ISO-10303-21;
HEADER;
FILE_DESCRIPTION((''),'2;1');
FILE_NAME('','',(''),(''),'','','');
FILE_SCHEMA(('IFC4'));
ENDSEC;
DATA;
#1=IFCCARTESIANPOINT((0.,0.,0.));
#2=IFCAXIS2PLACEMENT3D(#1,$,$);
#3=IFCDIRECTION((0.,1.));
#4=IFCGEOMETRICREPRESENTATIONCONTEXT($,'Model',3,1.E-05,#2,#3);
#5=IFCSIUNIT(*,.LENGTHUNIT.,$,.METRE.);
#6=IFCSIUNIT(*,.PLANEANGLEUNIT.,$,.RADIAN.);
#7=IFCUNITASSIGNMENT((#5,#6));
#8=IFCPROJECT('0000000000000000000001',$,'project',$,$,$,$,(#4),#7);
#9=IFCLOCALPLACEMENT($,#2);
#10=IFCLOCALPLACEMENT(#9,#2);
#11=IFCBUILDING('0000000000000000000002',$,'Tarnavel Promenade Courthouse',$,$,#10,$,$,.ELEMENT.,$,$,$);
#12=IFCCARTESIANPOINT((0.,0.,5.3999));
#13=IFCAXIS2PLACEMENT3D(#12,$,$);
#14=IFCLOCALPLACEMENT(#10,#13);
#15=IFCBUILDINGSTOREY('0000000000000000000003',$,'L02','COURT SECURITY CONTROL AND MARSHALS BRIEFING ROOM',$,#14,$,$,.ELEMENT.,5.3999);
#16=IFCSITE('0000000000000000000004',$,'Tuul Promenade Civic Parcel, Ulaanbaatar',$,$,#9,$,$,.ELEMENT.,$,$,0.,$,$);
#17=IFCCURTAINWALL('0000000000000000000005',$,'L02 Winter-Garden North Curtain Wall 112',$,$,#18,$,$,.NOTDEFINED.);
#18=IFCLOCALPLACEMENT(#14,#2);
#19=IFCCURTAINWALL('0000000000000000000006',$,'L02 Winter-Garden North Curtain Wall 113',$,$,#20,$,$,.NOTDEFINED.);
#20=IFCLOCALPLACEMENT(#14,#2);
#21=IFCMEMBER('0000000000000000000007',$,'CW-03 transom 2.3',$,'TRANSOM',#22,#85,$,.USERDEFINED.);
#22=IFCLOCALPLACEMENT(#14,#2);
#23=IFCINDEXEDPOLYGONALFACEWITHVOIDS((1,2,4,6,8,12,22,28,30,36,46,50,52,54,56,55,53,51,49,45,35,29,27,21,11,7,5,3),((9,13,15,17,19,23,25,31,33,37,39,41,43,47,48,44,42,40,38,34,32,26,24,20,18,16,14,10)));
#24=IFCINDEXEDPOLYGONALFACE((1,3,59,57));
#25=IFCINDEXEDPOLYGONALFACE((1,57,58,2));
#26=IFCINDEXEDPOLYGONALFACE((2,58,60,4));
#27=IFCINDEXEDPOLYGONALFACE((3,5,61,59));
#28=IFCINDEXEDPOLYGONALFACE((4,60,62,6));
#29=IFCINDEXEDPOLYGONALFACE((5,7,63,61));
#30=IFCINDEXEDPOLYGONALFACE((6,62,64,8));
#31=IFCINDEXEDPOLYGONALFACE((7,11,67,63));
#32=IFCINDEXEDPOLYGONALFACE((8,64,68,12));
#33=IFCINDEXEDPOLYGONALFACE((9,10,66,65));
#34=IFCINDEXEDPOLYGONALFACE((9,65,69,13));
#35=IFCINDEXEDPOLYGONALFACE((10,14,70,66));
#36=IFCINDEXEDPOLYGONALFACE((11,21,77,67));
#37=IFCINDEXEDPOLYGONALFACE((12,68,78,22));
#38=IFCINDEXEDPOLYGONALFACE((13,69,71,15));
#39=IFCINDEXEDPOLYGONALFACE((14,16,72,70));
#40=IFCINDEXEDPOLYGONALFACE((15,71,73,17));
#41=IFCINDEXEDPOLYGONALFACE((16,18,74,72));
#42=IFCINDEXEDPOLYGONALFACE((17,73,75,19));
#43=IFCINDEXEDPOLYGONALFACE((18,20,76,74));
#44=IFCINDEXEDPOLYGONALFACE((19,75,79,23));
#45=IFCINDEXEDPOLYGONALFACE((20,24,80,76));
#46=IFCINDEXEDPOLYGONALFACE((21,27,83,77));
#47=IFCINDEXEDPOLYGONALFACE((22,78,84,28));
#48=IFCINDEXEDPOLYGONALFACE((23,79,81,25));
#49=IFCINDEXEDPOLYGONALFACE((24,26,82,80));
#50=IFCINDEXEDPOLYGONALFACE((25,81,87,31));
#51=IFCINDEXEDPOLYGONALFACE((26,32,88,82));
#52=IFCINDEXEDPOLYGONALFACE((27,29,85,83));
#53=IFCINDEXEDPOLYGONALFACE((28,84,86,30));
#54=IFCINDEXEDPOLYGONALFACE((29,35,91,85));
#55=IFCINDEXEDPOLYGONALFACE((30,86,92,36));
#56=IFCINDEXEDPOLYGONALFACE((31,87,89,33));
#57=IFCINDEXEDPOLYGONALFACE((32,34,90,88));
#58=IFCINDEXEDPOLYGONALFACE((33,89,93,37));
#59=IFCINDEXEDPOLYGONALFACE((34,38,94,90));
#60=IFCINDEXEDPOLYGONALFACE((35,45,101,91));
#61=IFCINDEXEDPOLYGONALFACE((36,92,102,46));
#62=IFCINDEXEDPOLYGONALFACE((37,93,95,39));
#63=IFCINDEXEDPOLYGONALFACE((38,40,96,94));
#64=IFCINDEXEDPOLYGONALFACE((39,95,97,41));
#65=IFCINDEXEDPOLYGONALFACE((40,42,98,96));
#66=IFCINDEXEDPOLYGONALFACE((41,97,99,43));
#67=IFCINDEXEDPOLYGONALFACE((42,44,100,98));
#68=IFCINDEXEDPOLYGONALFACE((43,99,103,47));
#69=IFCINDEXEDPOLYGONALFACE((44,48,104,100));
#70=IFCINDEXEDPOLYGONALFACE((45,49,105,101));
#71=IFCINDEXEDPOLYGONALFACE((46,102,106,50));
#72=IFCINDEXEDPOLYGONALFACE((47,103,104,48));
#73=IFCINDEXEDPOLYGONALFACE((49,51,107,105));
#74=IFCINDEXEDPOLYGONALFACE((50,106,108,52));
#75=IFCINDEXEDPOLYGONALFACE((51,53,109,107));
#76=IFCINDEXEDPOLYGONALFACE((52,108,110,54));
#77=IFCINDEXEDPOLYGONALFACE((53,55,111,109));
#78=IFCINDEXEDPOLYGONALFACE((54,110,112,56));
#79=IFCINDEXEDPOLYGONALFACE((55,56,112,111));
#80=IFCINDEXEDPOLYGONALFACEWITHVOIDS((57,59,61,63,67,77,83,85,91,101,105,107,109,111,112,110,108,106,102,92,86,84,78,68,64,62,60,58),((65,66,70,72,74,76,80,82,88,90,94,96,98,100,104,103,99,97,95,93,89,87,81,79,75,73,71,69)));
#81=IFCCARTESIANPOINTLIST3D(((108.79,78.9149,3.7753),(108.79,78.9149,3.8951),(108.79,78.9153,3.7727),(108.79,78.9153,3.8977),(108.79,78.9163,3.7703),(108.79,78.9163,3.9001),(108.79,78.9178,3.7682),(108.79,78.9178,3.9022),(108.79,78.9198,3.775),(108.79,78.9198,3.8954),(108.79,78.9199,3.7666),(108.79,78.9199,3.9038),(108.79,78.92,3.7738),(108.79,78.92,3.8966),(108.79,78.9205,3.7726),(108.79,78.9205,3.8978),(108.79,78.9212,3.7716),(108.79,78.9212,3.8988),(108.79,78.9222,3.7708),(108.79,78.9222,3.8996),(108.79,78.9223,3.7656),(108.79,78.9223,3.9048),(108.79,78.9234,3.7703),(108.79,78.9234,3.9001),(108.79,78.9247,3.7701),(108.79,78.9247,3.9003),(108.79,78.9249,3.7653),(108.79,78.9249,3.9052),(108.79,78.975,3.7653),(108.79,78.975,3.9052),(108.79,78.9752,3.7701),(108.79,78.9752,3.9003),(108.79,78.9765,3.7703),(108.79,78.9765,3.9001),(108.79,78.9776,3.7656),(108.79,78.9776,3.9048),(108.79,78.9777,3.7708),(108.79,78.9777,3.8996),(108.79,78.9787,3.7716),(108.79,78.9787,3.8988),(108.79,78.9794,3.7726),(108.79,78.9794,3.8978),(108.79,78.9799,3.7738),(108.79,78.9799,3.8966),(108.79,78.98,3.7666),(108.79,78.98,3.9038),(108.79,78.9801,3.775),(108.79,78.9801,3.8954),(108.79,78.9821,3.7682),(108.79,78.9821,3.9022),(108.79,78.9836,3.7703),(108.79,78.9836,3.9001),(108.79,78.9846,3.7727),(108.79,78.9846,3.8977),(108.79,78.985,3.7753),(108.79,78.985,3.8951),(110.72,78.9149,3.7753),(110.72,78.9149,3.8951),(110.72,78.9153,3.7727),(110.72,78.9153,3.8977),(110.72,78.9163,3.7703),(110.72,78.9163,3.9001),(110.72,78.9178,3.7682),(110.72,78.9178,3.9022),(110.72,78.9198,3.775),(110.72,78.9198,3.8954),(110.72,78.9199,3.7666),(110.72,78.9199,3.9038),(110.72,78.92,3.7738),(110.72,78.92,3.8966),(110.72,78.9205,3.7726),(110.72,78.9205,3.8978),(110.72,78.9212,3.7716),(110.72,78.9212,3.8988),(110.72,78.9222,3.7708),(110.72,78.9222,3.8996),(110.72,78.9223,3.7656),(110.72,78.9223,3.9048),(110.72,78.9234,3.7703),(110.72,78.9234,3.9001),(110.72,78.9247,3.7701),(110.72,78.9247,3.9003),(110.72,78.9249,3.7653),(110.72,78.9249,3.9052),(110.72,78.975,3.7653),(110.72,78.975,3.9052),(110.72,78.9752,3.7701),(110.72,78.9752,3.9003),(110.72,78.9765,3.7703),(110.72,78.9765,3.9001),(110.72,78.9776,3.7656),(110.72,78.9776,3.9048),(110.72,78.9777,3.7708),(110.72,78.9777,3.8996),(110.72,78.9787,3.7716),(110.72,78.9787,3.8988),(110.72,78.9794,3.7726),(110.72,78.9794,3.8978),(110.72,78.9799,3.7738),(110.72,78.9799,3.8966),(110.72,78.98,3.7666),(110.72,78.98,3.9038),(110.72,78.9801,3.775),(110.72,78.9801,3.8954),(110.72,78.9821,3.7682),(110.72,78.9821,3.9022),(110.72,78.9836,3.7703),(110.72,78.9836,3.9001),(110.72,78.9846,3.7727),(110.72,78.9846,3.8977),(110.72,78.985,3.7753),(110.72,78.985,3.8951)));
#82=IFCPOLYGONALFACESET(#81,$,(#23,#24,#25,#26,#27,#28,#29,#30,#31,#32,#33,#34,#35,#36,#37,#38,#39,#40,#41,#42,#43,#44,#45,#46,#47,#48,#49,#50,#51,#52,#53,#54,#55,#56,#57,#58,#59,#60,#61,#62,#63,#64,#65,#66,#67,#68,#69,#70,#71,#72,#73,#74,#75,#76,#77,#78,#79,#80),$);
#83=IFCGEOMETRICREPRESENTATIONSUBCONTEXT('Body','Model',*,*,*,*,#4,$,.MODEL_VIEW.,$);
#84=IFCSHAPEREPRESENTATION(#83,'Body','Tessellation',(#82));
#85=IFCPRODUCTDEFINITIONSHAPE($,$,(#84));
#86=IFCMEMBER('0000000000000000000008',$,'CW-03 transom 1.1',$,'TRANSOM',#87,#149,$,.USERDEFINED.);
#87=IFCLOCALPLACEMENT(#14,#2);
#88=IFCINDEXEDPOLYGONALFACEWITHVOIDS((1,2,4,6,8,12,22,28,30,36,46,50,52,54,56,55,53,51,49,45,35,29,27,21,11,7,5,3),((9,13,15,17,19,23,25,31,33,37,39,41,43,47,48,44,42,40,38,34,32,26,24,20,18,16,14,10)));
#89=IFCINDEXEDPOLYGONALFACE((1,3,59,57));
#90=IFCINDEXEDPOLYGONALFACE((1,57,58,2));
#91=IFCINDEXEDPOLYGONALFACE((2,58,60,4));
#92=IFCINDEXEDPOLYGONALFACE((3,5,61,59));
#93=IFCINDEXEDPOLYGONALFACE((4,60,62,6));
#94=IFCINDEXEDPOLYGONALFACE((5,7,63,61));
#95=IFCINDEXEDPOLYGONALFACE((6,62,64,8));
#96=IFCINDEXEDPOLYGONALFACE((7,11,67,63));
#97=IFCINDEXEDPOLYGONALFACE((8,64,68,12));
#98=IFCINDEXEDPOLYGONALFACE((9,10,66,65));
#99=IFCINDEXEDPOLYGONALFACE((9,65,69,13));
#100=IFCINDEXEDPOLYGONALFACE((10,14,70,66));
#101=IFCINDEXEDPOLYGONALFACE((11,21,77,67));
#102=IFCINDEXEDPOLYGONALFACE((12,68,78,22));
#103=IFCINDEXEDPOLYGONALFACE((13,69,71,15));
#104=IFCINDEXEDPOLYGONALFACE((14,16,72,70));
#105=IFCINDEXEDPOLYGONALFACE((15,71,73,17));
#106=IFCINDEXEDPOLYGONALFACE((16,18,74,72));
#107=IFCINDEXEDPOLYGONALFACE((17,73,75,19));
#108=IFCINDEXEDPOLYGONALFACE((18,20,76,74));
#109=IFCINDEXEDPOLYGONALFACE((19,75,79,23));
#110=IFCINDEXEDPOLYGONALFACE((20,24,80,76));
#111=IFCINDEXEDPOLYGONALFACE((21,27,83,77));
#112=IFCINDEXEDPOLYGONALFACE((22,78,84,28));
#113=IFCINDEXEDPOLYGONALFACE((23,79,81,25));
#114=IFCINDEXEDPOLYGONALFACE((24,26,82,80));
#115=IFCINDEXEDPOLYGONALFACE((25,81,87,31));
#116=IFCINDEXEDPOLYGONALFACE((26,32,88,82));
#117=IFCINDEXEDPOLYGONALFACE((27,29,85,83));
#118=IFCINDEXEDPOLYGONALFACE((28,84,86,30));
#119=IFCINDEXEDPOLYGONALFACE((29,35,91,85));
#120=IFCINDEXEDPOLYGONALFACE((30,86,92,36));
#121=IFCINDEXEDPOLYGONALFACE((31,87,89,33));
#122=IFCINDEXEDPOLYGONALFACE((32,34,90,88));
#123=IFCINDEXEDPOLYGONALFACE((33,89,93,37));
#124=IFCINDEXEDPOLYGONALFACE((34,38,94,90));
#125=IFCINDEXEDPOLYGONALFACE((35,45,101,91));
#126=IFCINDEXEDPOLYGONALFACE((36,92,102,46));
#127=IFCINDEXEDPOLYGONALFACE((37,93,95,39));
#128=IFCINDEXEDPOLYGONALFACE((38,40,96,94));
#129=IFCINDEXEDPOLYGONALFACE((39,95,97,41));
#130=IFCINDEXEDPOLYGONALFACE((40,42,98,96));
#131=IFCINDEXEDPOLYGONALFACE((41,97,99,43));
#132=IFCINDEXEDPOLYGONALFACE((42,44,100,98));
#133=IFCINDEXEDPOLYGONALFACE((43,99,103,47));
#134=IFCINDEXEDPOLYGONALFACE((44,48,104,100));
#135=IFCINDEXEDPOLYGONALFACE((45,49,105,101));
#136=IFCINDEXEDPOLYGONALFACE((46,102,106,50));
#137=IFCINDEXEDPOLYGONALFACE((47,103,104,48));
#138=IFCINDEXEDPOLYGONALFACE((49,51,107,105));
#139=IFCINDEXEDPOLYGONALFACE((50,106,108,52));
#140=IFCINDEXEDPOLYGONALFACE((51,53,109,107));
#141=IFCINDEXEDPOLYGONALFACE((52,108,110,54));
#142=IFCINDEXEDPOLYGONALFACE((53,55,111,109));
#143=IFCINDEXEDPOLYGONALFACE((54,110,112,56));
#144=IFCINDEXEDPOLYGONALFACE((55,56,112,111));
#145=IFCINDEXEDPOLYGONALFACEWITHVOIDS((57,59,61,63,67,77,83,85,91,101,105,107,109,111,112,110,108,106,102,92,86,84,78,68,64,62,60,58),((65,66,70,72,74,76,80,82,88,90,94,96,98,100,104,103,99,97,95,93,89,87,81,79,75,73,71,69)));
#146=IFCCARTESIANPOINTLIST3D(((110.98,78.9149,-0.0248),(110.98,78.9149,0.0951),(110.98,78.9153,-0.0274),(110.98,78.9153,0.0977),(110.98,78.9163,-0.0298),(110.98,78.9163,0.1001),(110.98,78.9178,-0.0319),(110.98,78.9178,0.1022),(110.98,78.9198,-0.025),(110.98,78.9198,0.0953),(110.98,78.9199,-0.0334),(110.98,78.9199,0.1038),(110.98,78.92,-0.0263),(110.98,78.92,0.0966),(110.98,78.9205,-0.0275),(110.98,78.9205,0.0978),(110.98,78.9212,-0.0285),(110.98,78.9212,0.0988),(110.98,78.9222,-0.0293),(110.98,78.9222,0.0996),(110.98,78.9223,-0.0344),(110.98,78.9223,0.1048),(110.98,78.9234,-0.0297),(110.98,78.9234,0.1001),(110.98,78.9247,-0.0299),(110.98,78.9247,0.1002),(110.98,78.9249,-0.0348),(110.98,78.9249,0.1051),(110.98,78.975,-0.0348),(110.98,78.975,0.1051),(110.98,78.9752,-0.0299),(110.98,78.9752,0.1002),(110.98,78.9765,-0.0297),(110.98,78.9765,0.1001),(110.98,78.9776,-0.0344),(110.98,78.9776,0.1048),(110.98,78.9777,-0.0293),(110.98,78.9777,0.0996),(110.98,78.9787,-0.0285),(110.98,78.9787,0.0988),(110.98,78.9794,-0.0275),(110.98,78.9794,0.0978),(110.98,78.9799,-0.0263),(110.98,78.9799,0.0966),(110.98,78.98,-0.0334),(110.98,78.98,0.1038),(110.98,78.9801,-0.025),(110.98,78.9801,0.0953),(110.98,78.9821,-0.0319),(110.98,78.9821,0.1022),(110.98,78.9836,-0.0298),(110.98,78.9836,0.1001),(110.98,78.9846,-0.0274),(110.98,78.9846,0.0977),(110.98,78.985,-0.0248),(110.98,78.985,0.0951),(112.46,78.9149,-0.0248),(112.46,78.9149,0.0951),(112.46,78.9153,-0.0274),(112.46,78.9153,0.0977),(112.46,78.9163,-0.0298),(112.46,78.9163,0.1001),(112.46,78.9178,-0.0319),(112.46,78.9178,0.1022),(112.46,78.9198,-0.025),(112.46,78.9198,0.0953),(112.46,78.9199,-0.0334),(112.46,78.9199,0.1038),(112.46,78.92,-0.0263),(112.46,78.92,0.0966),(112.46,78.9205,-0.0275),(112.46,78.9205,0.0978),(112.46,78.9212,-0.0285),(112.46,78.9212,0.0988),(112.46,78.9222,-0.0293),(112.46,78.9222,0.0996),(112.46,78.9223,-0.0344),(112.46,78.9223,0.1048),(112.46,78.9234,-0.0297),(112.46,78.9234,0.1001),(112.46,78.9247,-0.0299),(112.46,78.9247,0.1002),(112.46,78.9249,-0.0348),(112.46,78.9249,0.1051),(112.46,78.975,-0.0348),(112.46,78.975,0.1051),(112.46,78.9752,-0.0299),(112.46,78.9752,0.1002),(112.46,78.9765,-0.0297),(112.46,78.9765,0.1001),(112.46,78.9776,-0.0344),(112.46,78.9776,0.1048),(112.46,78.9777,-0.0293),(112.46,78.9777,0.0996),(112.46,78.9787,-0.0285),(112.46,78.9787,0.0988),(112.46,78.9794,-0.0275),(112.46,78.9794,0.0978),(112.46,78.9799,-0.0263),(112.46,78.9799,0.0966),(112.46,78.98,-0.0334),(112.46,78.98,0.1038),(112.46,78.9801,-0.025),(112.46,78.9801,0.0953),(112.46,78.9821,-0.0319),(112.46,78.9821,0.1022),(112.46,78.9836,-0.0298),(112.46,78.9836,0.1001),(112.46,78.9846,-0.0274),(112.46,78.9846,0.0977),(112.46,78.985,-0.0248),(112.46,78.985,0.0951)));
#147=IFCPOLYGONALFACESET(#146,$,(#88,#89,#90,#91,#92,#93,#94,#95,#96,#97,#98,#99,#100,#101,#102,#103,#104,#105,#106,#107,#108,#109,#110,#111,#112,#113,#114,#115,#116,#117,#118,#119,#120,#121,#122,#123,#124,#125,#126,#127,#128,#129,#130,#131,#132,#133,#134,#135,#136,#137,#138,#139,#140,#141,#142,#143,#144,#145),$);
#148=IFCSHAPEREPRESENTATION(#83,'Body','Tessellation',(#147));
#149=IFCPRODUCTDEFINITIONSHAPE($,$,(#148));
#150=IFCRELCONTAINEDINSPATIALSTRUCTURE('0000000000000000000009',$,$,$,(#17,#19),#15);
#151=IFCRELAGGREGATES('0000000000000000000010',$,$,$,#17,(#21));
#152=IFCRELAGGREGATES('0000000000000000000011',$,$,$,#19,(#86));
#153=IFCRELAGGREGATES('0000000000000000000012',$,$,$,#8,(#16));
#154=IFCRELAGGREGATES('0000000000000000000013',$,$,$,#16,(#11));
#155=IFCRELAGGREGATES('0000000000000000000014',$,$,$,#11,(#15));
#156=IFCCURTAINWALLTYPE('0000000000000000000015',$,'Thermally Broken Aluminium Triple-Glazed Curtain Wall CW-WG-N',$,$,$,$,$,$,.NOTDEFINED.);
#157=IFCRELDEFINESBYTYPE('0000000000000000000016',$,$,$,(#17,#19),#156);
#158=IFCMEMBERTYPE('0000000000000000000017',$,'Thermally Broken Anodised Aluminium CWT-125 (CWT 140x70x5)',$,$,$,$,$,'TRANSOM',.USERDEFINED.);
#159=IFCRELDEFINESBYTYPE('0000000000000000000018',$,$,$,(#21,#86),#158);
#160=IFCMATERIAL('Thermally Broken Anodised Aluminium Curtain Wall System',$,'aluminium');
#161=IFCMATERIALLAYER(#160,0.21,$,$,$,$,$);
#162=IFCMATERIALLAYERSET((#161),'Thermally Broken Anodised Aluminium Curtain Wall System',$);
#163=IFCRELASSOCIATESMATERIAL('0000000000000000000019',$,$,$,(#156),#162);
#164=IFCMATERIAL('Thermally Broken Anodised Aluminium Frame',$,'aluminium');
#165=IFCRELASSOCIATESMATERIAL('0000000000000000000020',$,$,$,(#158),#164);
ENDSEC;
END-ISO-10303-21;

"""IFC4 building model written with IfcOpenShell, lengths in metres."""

from ifc_helpers import new_model, si_unit, direction, frame, origin, origin_2d, place, context, subcontext, project, spatial, hollow_rectangle, extrude, material, layer, layer_set, material_profile, profile_set, type_object, element, aggregate, save


model = new_model("IFC4")

# Units and contexts
model_context = context("Model", 3, precision=1e-05, world=origin(), true_north=direction((0.0, 1.0)))
body_context = subcontext(model_context, "Body", "Model", "MODEL_VIEW")
ifc_project = project(units=[si_unit("LENGTHUNIT", "METRE"), si_unit("PLANEANGLEUNIT", "RADIAN")], contexts=[model_context])

# Site, building, storey
site_placement = place(None, origin())
site = spatial("IfcSite", under=ifc_project, at=site_placement, Name="Tuul Promenade Civic Parcel, Ulaanbaatar", CompositionType="ELEMENT", RefElevation=0.0)
building_placement = place(site_placement, origin())
building = spatial("IfcBuilding", under=site, at=building_placement, Name="Tarnavel Promenade Courthouse", CompositionType="ELEMENT")
storey_placement = place(building_placement, frame((0.0, 0.0, 5.3999)))
storey = spatial("IfcBuildingStorey", under=building, at=storey_placement, Name="L02", Description="COURT SECURITY CONTROL AND MARSHALS BRIEFING ROOM", CompositionType="ELEMENT", Elevation=5.3999)

# Curtain walls
ifc_material_1 = material(Name="Thermally Broken Anodised Aluminium Curtain Wall System", Category="aluminium")
ifc_layer_1 = layer(ifc_material_1, 0.21)
ifc_layer_set_1 = layer_set([ifc_layer_1], Name="Thermally Broken Anodised Aluminium Curtain Wall System")
curtain_wall_type_1 = type_object("IfcCurtainWallType", Name="Thermally Broken Aluminium Triple-Glazed Curtain Wall CW-WG-N", PredefinedType="NOTDEFINED", material=ifc_layer_set_1)
curtain_wall_1_placement = place(storey_placement, origin())
curtain_wall_1 = element("IfcCurtainWall", 1, at=curtain_wall_1_placement, inside=storey, type_object=curtain_wall_type_1, Name="L02 Winter-Garden North Curtain Wall 112", PredefinedType="NOTDEFINED")
ifc_material_2 = material(Name="Thermally Broken Anodised Aluminium Frame", Category="aluminium")
curtain_wall_2_placement = place(storey_placement, origin())
curtain_wall_2 = element("IfcCurtainWall", 2, at=curtain_wall_2_placement, inside=storey, type_object=curtain_wall_type_1, Name="L02 Winter-Garden North Curtain Wall 113", PredefinedType="NOTDEFINED")

# Members
ifc_material_profile_1 = material_profile(ifc_material_2, hollow_rectangle(XDim=0.0701, YDim=0.1399, WallThickness=0.0049, InnerFilletRadius=0.0049, OuterFilletRadius=0.01, at=origin_2d()), Name="CWT 140x70x5")
ifc_profile_set_1 = profile_set([ifc_material_profile_1], Name="Thermally Broken Anodised Aluminium Frame")
member_type_1 = type_object("IfcMemberType", Name="Thermally Broken Anodised Aluminium CWT-125 (CWT 140x70x5)", ElementType="TRANSOM", PredefinedType="USERDEFINED", material=ifc_profile_set_1)
member_1_placement = place(storey_placement, frame((108.79, 78.95, 3.8352), z_axis=(1.0, 0.0, 0.0), x_axis=(0.0, 1.0, 0.0)))
member_1 = element("IfcMember", 3, at=member_1_placement, type_object=member_type_1, Name="CW-03 transom 2.3", ObjectType="TRANSOM", PredefinedType="USERDEFINED", context=body_context, shape_type="SweptSolid", body=[
    extrude(hollow_rectangle(XDim=0.0701, YDim=0.1399, WallThickness=0.0049, InnerFilletRadius=0.0049, OuterFilletRadius=0.01, at=origin_2d()), origin(), (0.0, 0.0, 1.0), 1.9299),
])
member_2_placement = place(storey_placement, frame((110.98, 78.95, 0.0352), z_axis=(1.0, 0.0, 0.0), x_axis=(0.0, 1.0, 0.0)))
member_2 = element("IfcMember", 4, at=member_2_placement, type_object=member_type_1, Name="CW-03 transom 1.1", ObjectType="TRANSOM", PredefinedType="USERDEFINED", context=body_context, shape_type="SweptSolid", body=[
    extrude(hollow_rectangle(XDim=0.0701, YDim=0.1399, WallThickness=0.0049, InnerFilletRadius=0.0049, OuterFilletRadius=0.01, at=origin_2d()), origin(), (0.0, 0.0, 1.0), 1.48),
])

aggregate(curtain_wall_1, [member_1])
aggregate(curtain_wall_2, [member_2])

save(model, "model.ifc")
